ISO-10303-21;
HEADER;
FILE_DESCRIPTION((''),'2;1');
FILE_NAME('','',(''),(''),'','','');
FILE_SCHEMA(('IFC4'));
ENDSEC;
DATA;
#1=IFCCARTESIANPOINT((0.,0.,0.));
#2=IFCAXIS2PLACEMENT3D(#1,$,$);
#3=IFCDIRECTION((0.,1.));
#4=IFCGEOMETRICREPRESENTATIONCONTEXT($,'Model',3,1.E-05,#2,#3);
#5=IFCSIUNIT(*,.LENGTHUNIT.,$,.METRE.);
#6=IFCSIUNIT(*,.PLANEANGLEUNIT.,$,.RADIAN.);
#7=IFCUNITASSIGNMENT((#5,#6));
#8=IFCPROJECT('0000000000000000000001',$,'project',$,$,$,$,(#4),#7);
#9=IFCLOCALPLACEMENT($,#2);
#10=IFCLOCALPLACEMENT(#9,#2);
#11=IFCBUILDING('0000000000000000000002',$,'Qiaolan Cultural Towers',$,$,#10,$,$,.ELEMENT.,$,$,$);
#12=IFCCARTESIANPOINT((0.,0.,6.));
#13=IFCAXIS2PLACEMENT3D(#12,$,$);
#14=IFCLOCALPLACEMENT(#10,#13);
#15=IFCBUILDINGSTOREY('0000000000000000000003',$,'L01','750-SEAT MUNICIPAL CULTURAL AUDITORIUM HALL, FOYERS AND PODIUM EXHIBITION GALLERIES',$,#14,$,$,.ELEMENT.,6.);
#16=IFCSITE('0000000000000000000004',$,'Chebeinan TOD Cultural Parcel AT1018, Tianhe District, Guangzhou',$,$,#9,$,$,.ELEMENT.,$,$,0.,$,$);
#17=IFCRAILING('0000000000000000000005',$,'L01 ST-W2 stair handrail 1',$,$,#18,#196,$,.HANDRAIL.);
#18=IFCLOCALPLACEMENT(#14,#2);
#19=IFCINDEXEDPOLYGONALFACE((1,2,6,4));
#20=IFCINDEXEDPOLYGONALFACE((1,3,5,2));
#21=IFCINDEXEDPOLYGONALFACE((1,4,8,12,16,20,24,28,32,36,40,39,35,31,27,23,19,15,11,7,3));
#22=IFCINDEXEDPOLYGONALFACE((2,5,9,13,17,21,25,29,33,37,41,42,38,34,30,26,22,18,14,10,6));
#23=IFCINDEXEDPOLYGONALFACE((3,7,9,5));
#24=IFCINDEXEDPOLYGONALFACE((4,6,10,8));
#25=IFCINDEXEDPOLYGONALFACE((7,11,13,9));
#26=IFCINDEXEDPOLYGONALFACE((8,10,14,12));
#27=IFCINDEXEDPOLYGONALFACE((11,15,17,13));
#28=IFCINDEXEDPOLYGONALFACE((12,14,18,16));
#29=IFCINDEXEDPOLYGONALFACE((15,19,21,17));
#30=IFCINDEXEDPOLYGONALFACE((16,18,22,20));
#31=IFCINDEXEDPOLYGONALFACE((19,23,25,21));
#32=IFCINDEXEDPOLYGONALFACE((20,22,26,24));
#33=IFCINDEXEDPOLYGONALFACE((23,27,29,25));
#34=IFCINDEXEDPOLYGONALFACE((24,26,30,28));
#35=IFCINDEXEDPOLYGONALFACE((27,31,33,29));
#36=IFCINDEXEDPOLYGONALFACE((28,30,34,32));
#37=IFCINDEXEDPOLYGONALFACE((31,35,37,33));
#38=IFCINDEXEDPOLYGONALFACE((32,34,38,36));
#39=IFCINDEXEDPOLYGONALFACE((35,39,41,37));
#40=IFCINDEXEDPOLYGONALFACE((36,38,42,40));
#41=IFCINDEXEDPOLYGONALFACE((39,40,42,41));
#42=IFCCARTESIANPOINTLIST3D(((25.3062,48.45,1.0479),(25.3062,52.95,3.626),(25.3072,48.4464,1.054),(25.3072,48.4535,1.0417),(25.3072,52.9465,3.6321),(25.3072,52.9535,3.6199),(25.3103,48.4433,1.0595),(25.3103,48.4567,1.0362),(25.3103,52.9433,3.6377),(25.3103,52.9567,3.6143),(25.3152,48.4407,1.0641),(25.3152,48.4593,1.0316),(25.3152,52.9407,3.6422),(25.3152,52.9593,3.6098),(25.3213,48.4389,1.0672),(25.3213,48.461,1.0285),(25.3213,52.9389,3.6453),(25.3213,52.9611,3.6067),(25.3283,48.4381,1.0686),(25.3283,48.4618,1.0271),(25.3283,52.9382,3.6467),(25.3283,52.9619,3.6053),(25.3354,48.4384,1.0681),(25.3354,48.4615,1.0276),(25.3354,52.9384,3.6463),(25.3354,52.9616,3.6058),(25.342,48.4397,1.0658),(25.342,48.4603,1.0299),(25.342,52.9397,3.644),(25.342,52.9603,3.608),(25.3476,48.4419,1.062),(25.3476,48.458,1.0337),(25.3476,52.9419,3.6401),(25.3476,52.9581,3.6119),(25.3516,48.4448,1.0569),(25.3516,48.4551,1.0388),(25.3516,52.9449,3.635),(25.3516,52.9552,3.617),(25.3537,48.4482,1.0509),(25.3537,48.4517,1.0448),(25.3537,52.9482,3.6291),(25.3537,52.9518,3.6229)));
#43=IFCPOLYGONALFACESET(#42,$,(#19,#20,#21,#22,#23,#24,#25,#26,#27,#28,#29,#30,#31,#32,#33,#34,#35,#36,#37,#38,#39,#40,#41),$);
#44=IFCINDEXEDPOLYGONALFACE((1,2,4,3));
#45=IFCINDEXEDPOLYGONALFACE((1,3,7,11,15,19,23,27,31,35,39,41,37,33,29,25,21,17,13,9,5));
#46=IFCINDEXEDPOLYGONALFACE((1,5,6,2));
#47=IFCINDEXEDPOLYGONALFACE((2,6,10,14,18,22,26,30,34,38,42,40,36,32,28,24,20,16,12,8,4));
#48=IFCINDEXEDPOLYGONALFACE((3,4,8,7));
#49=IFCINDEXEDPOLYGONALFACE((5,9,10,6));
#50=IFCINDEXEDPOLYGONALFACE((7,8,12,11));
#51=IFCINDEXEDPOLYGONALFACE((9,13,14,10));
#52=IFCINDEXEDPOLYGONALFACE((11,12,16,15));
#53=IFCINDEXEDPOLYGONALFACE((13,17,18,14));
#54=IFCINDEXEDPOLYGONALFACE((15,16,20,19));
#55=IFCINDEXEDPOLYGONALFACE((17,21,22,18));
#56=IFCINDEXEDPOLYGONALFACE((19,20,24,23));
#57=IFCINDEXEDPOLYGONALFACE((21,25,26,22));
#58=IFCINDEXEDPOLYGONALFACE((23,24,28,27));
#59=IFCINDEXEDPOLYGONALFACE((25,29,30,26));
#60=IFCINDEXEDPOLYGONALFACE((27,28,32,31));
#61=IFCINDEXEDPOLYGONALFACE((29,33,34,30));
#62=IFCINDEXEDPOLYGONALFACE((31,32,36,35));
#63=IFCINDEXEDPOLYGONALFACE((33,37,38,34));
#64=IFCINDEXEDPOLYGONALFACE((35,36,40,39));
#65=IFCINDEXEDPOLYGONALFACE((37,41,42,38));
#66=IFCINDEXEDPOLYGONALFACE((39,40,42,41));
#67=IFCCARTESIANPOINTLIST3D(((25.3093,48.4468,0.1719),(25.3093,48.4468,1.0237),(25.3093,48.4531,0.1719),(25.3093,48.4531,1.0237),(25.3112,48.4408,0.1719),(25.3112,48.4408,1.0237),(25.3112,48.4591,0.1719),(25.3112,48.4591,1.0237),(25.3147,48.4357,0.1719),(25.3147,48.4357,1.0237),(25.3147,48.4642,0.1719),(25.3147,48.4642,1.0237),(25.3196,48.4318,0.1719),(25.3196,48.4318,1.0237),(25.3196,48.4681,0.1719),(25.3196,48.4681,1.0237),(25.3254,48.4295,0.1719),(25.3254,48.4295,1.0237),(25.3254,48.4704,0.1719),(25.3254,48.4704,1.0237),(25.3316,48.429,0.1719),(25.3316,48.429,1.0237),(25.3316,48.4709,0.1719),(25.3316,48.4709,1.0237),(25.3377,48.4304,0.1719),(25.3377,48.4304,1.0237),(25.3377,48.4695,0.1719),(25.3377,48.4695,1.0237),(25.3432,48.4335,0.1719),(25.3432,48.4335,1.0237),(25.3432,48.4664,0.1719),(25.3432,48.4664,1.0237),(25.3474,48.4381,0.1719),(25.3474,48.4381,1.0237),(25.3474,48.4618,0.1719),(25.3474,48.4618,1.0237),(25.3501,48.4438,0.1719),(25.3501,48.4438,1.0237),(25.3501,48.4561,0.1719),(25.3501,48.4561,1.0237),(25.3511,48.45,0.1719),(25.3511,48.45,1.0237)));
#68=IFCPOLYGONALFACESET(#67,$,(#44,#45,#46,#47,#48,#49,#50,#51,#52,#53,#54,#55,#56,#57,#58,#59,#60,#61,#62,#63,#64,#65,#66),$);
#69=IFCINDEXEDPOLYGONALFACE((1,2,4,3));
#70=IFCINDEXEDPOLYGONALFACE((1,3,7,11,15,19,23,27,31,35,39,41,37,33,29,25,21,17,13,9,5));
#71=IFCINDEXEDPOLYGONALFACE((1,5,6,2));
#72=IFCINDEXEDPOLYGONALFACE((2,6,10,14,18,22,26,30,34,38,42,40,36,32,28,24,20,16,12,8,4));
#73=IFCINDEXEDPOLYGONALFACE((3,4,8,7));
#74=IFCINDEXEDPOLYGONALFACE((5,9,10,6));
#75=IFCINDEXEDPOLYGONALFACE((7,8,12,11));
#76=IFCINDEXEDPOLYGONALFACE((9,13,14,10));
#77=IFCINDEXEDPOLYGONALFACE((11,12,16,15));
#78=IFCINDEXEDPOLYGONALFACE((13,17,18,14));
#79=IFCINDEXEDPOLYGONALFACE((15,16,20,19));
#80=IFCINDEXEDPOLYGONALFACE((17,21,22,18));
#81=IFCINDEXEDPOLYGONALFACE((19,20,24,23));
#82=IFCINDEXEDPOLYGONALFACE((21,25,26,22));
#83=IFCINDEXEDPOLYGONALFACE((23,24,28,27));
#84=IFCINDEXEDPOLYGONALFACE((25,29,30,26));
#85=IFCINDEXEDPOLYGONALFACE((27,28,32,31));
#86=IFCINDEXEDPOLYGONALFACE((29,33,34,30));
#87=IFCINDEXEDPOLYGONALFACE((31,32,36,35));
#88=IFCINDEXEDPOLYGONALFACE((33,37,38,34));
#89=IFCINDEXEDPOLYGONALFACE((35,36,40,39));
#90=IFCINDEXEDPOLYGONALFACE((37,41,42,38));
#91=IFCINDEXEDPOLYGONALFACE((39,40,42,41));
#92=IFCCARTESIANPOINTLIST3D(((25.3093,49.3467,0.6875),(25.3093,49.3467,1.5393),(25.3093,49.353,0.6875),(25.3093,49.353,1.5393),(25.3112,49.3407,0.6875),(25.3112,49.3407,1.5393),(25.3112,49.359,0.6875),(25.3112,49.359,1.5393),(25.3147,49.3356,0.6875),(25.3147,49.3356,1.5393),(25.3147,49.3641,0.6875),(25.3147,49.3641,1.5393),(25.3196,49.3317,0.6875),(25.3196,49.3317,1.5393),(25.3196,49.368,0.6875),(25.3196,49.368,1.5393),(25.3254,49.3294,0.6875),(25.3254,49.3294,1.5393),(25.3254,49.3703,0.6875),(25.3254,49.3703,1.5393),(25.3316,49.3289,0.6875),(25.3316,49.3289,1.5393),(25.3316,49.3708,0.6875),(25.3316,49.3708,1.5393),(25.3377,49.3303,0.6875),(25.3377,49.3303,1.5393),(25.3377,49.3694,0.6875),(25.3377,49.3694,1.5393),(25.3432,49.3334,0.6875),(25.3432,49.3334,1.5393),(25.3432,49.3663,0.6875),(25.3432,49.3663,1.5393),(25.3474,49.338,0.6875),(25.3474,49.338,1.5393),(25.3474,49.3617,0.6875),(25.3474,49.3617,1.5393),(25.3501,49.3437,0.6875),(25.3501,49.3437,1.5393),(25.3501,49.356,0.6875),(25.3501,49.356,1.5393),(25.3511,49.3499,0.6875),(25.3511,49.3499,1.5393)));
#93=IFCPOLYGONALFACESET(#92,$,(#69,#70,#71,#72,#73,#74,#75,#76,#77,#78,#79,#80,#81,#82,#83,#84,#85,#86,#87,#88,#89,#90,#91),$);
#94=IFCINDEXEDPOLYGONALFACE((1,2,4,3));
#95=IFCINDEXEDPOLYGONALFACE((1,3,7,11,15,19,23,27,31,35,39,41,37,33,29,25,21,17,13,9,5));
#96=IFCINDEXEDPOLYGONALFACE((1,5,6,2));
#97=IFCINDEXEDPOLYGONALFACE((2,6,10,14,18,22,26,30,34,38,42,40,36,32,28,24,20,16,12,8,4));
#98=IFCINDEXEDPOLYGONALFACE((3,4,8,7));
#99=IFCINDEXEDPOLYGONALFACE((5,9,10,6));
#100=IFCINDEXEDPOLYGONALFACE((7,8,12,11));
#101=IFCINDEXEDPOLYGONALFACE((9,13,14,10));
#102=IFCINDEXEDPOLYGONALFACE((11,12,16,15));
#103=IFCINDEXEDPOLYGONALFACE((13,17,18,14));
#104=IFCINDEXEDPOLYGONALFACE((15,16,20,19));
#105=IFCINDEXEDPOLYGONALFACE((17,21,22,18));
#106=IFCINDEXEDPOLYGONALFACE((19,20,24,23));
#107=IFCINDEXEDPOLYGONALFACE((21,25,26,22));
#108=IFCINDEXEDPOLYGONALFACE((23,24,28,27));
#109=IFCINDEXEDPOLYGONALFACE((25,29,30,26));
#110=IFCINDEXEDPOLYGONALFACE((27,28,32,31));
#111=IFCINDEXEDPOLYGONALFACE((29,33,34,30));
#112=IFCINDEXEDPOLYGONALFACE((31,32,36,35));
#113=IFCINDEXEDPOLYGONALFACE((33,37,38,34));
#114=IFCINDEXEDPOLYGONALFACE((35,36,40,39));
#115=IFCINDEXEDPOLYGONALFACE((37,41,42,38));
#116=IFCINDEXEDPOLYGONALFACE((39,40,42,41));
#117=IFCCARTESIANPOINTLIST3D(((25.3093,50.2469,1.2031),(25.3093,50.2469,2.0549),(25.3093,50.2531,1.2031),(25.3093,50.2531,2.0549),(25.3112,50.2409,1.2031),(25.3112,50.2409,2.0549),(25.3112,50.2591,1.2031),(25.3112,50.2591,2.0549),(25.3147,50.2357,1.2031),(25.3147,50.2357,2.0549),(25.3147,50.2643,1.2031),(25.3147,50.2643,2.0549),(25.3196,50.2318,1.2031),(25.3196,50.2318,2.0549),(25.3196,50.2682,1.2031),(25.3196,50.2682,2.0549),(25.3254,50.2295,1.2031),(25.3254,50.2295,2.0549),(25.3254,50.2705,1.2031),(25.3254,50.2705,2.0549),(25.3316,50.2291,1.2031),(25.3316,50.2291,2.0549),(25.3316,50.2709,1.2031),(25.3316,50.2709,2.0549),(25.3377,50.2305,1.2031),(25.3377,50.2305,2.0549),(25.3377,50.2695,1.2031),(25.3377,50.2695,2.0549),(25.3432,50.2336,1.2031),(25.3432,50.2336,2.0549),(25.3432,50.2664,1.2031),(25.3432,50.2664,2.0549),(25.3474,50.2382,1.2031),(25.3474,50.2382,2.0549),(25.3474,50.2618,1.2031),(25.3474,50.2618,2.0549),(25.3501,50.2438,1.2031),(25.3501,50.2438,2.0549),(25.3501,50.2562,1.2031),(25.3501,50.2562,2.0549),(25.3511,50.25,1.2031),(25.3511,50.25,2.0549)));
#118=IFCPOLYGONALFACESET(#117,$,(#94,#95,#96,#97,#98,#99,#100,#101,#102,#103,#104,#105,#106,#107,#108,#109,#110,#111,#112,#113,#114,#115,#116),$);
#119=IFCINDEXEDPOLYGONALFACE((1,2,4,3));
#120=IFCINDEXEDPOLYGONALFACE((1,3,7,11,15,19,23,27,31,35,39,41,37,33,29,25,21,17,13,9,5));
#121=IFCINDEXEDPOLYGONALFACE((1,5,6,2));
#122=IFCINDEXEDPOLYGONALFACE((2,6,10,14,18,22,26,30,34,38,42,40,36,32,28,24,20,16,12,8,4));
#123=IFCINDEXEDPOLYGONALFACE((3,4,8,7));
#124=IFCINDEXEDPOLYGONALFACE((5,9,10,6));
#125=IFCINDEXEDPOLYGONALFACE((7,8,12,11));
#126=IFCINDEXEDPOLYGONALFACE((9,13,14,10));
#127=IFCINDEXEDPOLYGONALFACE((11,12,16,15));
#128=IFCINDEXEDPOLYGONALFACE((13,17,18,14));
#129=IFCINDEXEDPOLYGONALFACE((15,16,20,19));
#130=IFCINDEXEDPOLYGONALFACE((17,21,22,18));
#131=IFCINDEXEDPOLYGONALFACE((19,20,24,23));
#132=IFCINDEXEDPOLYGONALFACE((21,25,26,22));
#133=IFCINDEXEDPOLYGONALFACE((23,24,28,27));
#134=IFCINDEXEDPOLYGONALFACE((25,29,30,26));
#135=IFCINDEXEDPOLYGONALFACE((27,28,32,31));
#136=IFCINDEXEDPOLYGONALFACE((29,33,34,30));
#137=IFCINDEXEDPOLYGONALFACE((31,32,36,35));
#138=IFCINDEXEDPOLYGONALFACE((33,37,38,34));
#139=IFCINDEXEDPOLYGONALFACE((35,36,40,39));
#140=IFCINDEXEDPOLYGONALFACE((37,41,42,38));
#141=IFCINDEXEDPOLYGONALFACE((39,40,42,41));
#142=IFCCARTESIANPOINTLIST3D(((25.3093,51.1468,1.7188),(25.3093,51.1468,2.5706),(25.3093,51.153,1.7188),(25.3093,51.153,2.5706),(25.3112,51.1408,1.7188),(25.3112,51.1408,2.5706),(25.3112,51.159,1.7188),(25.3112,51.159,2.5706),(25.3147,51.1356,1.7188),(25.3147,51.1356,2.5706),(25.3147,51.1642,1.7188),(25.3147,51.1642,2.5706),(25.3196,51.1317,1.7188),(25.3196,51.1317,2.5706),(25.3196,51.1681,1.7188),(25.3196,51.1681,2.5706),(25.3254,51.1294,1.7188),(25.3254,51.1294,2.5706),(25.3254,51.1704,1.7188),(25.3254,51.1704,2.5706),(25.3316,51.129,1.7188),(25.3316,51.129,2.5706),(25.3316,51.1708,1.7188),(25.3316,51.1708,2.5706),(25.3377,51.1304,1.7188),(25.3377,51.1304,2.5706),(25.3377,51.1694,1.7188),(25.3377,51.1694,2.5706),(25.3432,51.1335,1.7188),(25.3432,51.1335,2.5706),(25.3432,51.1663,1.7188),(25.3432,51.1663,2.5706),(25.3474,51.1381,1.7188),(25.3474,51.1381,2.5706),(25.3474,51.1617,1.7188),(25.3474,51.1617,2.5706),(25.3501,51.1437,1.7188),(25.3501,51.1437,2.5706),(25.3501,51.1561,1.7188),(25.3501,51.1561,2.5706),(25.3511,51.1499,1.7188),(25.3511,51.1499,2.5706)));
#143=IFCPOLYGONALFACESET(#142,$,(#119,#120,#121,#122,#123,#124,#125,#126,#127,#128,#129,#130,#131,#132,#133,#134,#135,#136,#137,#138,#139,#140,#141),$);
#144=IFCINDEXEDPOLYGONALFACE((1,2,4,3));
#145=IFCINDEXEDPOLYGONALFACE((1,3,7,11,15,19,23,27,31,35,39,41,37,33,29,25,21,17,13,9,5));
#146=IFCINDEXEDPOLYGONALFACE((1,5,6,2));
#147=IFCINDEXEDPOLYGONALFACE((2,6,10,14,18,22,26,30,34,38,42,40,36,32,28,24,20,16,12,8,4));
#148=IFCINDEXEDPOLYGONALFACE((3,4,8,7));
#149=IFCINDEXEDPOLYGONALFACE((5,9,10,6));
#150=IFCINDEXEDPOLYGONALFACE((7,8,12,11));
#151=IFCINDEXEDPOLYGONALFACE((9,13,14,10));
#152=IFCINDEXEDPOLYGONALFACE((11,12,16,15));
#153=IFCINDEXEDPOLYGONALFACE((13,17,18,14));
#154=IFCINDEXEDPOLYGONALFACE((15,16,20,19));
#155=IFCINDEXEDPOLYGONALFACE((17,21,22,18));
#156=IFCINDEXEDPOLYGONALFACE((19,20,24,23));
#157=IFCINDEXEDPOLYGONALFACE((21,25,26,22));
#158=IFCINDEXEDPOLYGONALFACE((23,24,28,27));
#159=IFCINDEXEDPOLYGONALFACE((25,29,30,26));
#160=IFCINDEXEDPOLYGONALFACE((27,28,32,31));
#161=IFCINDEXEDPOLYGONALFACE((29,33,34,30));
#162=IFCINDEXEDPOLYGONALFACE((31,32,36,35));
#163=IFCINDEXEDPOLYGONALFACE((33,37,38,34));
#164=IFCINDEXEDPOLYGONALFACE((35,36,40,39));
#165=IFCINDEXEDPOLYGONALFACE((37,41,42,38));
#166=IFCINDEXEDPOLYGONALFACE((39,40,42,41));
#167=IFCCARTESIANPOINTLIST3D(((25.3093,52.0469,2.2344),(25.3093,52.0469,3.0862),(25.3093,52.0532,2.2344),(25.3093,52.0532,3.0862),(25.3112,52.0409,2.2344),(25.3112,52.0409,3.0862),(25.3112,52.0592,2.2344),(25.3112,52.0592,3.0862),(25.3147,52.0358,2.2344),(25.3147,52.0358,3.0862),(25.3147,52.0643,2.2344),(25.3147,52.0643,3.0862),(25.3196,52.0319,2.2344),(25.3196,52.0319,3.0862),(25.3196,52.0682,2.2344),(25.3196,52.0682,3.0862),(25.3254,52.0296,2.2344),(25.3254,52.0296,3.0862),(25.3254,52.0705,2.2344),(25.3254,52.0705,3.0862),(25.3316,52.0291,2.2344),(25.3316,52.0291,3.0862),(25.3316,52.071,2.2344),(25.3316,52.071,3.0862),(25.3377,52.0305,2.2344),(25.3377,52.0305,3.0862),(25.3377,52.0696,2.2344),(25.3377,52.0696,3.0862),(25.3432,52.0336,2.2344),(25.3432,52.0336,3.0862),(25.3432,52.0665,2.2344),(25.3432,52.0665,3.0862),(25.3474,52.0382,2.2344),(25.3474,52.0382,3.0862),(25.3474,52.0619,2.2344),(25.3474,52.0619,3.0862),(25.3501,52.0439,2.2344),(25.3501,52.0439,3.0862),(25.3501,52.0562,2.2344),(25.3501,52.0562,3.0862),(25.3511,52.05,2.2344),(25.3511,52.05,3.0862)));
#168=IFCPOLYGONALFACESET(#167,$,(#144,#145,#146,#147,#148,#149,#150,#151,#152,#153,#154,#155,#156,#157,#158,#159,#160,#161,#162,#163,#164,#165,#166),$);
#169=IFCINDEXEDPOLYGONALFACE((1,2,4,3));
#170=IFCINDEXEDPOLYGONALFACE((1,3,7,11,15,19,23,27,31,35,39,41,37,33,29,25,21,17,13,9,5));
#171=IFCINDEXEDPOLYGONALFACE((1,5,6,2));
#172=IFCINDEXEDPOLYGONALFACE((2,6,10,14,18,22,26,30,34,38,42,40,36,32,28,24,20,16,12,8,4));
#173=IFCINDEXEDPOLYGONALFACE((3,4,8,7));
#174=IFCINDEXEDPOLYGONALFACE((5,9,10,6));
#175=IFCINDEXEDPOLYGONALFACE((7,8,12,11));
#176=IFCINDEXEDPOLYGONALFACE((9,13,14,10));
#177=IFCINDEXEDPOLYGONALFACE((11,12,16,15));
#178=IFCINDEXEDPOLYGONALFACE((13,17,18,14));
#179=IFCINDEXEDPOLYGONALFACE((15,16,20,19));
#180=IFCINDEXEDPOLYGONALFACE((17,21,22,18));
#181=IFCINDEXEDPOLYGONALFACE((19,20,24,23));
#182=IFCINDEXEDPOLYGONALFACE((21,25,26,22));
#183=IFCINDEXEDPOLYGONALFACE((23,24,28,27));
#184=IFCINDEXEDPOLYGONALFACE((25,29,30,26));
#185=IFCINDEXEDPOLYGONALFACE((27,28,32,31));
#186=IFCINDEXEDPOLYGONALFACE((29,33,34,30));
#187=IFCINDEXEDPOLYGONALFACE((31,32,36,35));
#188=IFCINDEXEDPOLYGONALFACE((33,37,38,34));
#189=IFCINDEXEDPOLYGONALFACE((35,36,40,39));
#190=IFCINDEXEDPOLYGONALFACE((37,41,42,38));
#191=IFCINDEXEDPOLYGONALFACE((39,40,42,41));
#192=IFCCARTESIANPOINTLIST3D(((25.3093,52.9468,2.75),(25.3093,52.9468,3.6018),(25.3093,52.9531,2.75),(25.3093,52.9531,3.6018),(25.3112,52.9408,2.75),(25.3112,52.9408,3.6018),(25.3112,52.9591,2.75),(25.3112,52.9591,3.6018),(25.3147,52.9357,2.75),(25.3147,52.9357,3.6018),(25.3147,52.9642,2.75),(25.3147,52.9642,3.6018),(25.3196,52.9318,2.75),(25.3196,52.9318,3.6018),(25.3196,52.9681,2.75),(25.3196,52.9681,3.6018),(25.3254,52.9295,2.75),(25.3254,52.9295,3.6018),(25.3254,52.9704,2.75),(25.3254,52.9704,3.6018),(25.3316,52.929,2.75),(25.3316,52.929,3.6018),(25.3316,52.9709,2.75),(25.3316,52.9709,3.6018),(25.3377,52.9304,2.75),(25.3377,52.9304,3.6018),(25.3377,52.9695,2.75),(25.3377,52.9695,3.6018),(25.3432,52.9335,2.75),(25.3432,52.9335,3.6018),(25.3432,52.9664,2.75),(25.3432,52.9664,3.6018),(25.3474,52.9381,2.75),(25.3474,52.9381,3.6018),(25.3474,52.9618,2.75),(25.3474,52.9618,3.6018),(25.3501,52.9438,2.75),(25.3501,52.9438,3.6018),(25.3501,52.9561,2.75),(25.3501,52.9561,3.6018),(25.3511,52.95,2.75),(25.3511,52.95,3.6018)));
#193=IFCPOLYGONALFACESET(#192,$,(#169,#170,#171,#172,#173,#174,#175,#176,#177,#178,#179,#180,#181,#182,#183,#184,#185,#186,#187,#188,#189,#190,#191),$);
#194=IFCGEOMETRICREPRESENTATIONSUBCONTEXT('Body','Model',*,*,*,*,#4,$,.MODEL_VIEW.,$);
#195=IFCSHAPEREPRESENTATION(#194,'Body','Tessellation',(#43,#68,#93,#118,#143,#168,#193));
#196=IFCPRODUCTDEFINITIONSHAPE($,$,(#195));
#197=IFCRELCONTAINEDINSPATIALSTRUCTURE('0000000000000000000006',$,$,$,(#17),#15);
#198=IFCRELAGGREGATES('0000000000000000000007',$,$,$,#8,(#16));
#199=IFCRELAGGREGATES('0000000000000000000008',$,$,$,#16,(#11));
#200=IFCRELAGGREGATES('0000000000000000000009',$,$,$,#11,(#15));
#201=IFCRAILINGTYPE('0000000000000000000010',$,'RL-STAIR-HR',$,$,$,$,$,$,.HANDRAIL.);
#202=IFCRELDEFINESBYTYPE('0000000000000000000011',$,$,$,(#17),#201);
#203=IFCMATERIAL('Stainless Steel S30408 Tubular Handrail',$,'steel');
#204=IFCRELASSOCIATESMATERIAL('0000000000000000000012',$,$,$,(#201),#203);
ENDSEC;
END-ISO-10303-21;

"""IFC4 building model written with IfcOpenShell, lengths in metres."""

from ifc_helpers import new_model, si_unit, direction, frame, origin, origin_2d, place, context, subcontext, project, spatial, circle, extrude, material, type_object, element, save


model = new_model("IFC4")

# Units and contexts
model_context = context("Model", 3, precision=1e-05, world=origin(), true_north=direction((0.0, 1.0)))
body_context = subcontext(model_context, "Body", "Model", "MODEL_VIEW")
ifc_project = project(units=[si_unit("LENGTHUNIT", "METRE"), si_unit("PLANEANGLEUNIT", "RADIAN")], contexts=[model_context])

# Site, building, storey
site_placement = place(None, origin())
site = spatial("IfcSite", under=ifc_project, at=site_placement, Name="Chebeinan TOD Cultural Parcel AT1018, Tianhe District, Guangzhou", CompositionType="ELEMENT", RefElevation=0.0)
building_placement = place(site_placement, origin())
building = spatial("IfcBuilding", under=site, at=building_placement, Name="Qiaolan Cultural Towers", CompositionType="ELEMENT")
storey_placement = place(building_placement, frame((0.0, 0.0, 6.0)))
storey = spatial("IfcBuildingStorey", under=building, at=storey_placement, Name="L01", Description="750-SEAT MUNICIPAL CULTURAL AUDITORIUM HALL, FOYERS AND PODIUM EXHIBITION GALLERIES", CompositionType="ELEMENT", Elevation=6.0)

# Railing
ifc_material_1 = material(Name="Stainless Steel S30408 Tubular Handrail", Category="steel")
railing_type_1 = type_object("IfcRailingType", Name="RL-STAIR-HR", PredefinedType="HANDRAIL", material=ifc_material_1)
railing_1_placement = place(storey_placement, frame((25.3301, 48.45, 0.1719)))
element("IfcRailing", 1, at=railing_1_placement, inside=storey, type_object=railing_type_1, Name="L01 ST-W2 stair handrail 1", PredefinedType="HANDRAIL", context=body_context, shape_type="SweptSolid", body=[
    extrude(circle(Radius=0.0239, at=origin_2d()), frame((0.0, 0.0, 0.876), z_axis=(0.0, 0.867686, 0.497112), x_axis=(-1.0, 0.0, 0.0)), (0.0, 0.0, 1.0), 5.1863),
    extrude(circle(Radius=0.021, at=origin_2d()), origin(), (0.0, 0.0, 1.0), 0.8518),
    extrude(circle(Radius=0.021, at=origin_2d()), frame((0.0, 0.8999, 0.5156)), (0.0, 0.0, 1.0), 0.8518),
    extrude(circle(Radius=0.021, at=origin_2d()), frame((0.0, 1.8, 1.0312)), (0.0, 0.0, 1.0), 0.8518),
    extrude(circle(Radius=0.021, at=origin_2d()), frame((0.0, 2.7, 1.5469)), (0.0, 0.0, 1.0), 0.8518),
    extrude(circle(Radius=0.021, at=origin_2d()), frame((0.0, 3.6001, 2.0625)), (0.0, 0.0, 1.0), 0.8518),
    extrude(circle(Radius=0.021, at=origin_2d()), frame((0.0, 4.5, 2.5781)), (0.0, 0.0, 1.0), 0.8518),
])

save(model, "model.ifc")
